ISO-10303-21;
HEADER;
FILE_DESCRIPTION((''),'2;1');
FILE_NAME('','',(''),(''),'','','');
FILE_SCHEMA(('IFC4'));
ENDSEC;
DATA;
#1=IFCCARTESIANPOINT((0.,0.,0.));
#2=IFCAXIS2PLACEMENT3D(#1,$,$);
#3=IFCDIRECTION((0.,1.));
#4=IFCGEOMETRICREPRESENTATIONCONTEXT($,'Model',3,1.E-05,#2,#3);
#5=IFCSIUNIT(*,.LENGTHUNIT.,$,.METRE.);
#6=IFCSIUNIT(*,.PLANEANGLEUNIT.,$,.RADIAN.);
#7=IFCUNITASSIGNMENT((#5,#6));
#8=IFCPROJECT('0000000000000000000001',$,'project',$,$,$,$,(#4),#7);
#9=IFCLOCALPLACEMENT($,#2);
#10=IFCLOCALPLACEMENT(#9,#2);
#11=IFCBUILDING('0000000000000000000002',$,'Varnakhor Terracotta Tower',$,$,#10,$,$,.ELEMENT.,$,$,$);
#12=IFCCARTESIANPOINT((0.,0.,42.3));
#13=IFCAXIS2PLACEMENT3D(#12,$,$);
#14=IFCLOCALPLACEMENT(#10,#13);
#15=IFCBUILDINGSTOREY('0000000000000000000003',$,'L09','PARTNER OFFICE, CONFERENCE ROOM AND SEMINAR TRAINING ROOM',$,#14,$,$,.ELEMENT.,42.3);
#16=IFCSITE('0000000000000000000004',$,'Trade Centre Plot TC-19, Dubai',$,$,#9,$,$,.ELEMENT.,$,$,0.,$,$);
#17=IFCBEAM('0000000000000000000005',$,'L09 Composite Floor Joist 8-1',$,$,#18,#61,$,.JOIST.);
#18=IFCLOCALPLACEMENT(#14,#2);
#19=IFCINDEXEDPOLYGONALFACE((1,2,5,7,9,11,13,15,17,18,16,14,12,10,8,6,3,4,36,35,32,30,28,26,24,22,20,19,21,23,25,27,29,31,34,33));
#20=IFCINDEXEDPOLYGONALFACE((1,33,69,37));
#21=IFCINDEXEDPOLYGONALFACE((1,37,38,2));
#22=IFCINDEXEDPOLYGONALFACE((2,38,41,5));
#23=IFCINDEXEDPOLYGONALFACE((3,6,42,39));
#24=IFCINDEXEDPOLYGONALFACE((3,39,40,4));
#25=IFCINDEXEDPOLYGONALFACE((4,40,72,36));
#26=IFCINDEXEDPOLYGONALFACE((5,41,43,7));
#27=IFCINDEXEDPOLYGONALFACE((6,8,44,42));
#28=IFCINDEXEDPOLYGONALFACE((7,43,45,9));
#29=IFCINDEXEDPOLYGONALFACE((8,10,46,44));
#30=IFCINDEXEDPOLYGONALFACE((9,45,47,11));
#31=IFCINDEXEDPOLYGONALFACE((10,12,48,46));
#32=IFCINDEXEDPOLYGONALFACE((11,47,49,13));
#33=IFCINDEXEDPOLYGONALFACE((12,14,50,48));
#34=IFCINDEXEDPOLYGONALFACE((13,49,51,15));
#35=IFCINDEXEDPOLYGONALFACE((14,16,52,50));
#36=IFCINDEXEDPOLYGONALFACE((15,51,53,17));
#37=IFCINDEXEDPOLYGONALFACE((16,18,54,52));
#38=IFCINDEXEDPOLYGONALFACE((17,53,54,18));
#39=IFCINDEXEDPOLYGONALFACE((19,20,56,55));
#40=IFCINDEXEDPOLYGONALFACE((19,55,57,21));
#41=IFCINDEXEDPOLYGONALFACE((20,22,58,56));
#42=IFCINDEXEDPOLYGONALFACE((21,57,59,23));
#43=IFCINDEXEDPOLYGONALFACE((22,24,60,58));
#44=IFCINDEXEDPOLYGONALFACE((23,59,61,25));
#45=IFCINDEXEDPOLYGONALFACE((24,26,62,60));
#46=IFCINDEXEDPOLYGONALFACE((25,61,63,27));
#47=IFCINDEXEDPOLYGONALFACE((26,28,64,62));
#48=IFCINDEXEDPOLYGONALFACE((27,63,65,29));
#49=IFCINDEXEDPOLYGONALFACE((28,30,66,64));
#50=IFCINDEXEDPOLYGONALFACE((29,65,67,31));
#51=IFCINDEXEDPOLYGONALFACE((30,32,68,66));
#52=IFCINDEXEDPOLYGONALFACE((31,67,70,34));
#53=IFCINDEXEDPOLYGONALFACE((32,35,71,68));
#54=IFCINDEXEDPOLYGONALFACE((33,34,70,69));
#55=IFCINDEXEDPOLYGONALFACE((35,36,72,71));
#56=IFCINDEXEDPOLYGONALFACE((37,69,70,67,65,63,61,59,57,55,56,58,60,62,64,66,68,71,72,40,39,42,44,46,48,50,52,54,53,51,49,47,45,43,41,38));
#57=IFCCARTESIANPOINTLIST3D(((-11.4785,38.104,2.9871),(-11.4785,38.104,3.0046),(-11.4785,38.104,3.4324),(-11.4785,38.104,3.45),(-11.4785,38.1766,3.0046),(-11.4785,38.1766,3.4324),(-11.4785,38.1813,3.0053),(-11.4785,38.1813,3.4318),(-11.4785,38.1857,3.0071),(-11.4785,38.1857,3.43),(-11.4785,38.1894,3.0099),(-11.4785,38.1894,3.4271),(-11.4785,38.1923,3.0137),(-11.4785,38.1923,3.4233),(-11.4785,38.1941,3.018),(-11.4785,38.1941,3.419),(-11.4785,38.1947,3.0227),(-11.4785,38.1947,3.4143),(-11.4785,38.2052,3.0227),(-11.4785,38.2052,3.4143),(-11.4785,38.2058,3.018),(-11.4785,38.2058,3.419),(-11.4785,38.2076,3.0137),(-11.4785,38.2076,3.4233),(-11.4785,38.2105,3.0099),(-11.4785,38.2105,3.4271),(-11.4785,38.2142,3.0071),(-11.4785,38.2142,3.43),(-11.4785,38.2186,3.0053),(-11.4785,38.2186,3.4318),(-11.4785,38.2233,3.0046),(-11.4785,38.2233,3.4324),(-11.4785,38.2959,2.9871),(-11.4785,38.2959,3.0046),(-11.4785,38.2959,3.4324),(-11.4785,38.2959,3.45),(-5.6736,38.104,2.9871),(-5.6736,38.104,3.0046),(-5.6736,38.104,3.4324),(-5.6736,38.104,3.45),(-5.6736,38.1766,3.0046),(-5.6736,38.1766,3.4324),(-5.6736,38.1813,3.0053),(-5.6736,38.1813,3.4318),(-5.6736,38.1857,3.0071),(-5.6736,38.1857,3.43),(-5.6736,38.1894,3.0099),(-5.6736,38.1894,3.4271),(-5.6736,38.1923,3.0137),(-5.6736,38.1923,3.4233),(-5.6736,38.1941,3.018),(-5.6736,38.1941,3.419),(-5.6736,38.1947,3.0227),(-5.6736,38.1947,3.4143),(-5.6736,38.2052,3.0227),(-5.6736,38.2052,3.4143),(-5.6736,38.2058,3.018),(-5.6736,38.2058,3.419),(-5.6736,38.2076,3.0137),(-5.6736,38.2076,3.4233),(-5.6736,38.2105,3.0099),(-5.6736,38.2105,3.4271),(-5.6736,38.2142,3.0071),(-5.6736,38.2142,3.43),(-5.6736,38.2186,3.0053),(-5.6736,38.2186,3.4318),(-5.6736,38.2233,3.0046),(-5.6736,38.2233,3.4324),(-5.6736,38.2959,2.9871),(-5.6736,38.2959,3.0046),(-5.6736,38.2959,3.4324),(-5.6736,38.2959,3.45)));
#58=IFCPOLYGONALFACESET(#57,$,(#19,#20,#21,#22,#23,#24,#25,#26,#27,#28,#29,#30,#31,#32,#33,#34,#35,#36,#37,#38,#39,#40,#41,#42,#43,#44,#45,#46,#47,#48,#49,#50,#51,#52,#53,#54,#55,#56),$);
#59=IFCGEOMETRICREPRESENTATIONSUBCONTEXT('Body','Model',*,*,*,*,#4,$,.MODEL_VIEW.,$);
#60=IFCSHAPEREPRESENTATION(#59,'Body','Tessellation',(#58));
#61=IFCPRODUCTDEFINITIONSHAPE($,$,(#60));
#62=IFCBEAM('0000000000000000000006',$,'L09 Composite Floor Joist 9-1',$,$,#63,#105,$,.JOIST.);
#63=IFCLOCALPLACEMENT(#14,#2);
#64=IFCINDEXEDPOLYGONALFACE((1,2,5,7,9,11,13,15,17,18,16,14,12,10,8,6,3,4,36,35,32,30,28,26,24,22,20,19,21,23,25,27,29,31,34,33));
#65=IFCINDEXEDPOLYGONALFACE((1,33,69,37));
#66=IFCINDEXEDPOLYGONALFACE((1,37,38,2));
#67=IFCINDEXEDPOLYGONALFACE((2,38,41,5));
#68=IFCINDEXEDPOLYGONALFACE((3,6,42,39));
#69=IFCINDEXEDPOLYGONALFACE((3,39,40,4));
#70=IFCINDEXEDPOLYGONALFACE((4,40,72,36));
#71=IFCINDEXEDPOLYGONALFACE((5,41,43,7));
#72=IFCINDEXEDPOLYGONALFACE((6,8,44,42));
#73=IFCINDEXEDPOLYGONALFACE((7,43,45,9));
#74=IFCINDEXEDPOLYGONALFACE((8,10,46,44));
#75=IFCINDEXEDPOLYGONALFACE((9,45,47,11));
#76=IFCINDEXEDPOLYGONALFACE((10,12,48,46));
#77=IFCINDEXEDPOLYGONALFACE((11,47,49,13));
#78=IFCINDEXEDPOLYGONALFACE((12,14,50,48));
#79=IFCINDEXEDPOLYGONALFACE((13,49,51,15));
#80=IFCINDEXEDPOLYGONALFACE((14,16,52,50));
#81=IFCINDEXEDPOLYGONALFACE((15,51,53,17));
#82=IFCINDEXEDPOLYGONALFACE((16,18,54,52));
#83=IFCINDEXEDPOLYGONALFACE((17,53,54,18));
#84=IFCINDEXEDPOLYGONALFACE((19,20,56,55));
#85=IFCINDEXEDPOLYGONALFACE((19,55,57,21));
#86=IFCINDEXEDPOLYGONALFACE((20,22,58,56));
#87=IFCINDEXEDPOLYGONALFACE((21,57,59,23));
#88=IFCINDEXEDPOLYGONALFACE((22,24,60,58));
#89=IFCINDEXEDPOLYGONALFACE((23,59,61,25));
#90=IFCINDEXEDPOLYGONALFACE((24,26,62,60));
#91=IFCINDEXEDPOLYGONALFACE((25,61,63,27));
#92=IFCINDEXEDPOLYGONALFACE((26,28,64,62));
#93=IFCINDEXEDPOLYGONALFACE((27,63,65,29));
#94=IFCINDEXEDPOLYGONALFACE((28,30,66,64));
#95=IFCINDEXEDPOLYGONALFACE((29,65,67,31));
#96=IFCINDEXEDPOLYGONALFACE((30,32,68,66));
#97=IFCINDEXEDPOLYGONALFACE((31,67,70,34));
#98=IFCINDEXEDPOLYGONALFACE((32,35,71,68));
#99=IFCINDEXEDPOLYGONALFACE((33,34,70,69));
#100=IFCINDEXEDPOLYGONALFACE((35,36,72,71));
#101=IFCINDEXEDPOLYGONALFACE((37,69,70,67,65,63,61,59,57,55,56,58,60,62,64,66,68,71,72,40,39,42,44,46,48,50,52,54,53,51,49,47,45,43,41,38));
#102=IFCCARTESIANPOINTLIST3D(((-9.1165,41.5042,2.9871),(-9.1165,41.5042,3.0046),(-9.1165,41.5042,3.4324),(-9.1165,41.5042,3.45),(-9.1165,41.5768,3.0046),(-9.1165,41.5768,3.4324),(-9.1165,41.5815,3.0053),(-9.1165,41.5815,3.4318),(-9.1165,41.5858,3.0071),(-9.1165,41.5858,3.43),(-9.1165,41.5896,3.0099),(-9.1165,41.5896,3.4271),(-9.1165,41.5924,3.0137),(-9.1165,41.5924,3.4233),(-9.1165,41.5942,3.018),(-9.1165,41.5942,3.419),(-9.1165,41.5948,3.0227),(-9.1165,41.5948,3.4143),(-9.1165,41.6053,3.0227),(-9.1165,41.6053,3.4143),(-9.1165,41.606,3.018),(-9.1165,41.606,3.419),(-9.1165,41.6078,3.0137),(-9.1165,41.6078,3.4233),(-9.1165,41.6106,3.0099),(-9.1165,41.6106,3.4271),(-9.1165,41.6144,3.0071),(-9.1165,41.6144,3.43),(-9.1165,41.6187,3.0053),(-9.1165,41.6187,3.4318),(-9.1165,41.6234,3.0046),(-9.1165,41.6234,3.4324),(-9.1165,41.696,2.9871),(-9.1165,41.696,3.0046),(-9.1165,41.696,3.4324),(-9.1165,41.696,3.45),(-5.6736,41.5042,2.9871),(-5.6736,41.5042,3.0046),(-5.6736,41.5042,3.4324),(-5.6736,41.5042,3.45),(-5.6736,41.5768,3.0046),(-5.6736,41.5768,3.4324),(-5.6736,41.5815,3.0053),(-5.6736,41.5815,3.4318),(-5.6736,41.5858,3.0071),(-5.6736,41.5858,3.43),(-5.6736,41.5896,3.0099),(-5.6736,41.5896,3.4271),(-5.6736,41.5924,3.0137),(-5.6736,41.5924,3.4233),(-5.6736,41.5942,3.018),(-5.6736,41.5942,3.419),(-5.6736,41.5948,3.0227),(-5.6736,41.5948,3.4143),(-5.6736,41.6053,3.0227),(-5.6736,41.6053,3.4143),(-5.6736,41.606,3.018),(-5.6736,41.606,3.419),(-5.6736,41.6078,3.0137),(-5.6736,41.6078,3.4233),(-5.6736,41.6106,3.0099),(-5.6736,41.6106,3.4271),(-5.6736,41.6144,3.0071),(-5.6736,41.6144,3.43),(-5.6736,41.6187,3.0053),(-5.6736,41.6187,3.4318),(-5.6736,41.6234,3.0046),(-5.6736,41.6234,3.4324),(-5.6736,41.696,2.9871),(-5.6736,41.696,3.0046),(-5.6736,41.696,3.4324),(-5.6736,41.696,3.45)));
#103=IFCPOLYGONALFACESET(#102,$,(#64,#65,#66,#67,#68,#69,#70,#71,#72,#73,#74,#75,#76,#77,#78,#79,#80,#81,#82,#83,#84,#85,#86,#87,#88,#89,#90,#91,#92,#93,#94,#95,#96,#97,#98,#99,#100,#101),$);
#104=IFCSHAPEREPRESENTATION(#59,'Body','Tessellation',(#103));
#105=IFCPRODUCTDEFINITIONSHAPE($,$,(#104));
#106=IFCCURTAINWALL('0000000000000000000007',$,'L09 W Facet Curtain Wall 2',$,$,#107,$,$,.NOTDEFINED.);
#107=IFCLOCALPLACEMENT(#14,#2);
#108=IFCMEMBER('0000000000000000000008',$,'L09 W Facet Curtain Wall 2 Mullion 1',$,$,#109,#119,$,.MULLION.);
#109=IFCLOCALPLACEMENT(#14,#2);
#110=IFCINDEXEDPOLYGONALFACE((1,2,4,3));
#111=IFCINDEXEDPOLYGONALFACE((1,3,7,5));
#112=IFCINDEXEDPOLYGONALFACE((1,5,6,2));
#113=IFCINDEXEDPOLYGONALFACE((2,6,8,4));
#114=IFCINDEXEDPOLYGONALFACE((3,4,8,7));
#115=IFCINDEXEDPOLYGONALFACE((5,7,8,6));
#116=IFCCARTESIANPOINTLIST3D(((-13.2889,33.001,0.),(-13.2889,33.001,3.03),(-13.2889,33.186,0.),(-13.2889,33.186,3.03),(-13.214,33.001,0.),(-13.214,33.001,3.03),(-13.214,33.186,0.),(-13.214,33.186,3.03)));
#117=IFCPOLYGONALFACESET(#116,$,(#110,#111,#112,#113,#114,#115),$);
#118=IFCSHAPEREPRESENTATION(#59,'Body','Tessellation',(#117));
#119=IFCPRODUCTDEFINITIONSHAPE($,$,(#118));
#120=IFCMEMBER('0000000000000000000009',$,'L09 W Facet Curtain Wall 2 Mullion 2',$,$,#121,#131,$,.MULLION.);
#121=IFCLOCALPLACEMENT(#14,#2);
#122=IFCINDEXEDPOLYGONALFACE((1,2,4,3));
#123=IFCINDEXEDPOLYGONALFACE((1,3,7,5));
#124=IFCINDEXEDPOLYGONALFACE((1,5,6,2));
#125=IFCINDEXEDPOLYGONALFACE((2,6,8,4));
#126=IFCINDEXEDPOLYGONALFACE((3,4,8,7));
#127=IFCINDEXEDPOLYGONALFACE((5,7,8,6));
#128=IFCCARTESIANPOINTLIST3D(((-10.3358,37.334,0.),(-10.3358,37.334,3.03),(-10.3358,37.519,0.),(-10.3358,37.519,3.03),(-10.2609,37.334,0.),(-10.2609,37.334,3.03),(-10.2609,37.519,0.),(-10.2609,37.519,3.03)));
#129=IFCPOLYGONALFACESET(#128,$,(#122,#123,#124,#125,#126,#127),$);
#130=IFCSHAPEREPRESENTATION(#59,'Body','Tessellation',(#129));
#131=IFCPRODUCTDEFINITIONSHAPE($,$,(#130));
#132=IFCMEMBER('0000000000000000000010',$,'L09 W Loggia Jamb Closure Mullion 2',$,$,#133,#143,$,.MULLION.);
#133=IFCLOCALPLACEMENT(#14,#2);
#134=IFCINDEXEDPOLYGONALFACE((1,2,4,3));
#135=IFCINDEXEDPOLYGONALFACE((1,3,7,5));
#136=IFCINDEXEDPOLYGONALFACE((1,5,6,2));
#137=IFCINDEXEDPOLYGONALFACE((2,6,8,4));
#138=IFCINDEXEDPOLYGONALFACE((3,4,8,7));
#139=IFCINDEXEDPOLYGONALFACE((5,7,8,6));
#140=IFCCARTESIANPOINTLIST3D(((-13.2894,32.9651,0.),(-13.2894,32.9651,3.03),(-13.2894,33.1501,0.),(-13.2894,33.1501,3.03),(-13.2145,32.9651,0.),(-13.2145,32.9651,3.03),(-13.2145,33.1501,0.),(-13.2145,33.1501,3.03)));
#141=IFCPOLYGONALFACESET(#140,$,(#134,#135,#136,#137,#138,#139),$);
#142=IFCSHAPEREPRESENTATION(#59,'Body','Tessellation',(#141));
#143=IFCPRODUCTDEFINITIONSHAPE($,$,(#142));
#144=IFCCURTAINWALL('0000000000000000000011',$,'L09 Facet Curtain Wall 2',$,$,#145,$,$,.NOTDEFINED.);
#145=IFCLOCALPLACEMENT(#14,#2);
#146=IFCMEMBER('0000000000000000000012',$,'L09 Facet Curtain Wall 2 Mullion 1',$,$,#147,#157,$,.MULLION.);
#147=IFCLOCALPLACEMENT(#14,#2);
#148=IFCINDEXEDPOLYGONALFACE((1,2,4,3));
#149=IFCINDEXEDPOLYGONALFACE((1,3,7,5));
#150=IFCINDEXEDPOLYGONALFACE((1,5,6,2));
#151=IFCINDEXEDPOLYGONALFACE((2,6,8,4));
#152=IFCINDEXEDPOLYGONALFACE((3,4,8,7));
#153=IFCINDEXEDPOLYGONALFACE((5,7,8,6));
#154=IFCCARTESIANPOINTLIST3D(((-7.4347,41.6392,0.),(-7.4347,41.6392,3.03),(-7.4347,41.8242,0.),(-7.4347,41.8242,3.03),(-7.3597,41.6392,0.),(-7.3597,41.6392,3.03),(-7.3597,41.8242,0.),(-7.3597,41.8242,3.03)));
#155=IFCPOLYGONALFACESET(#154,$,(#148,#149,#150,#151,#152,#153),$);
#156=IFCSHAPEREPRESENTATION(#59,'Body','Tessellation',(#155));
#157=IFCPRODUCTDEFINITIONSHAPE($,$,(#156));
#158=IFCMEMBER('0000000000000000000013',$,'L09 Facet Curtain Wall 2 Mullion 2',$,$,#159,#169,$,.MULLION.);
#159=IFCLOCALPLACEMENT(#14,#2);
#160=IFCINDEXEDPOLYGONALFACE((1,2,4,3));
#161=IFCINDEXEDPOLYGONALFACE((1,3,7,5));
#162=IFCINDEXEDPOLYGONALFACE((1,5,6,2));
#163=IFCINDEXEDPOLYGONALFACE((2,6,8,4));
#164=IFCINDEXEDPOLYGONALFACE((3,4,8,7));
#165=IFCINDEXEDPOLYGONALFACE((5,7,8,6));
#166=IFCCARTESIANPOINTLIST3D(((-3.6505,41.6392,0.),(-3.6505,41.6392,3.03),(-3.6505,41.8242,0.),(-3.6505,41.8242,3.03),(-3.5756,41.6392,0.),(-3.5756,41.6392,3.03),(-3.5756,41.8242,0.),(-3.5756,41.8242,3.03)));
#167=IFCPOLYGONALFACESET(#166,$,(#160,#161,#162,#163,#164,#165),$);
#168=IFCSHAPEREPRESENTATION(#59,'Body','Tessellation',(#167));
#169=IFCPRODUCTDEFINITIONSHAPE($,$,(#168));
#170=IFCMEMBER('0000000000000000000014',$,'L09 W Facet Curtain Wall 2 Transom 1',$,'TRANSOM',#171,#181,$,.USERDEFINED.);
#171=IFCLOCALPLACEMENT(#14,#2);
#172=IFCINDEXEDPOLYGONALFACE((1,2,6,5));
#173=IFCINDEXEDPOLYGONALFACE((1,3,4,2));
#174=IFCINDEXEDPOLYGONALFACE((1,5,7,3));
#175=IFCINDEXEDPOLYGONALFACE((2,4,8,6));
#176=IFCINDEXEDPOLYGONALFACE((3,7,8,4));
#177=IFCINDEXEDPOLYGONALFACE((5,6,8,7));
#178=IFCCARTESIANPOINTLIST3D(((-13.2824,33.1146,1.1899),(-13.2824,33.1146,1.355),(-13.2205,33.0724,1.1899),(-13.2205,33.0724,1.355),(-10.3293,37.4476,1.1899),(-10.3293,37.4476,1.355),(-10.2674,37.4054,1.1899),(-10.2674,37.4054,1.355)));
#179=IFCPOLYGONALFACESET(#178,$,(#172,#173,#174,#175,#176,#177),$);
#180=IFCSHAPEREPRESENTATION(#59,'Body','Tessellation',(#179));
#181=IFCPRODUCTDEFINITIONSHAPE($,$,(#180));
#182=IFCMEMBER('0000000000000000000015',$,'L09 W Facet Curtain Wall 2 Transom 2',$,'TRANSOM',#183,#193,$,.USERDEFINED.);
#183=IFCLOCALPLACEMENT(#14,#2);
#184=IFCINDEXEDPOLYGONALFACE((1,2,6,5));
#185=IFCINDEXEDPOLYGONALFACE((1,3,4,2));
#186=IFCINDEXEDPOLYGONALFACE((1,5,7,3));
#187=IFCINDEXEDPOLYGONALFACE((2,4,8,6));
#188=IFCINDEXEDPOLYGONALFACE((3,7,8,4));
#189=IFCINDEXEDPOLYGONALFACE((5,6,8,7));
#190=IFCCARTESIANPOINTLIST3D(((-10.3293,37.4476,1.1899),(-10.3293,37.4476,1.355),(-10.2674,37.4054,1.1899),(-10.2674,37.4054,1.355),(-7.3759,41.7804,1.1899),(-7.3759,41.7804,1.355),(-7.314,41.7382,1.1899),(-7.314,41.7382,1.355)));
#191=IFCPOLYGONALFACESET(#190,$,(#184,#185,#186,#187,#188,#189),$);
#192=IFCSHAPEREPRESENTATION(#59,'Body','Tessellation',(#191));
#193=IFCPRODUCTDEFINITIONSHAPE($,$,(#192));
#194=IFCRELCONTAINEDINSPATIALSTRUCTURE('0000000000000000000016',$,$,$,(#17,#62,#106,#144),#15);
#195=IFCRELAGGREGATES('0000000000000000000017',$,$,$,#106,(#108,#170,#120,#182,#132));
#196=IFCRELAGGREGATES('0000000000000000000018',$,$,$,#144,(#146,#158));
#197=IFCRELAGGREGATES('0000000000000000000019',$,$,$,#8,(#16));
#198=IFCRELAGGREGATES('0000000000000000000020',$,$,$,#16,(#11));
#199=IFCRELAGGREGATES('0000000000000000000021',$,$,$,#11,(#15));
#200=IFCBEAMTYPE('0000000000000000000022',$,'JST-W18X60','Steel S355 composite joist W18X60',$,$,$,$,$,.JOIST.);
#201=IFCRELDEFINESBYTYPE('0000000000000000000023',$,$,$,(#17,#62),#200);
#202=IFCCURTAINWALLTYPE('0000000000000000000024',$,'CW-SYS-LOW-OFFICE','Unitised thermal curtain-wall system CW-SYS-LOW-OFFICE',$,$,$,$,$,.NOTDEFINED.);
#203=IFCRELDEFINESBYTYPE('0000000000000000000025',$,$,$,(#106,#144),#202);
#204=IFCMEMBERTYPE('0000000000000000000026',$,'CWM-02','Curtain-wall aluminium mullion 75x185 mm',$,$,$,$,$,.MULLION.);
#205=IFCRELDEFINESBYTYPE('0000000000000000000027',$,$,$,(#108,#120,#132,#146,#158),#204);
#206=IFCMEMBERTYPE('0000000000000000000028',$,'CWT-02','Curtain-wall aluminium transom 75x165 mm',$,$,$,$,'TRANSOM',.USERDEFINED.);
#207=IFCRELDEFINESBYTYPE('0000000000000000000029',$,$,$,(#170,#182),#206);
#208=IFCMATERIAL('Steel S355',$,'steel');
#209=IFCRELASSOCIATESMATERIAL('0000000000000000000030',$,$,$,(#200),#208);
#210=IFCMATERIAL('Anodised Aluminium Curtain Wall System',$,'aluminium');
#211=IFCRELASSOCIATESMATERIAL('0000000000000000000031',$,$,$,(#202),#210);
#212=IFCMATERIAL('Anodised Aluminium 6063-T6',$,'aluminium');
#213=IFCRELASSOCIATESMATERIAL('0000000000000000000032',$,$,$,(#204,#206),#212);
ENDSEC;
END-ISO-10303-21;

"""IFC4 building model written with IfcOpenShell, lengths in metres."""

from ifc_helpers import new_model, si_unit, direction, frame, origin, origin_2d, place, context, subcontext, project, spatial, rectangle, i_section, extrude, source, transform, mapped, material, material_profile, profile_set, type_object, type_shapes, element, aggregate, save


model = new_model("IFC4")

# Units and contexts
model_context = context("Model", 3, precision=1e-05, world=origin(), true_north=direction((0.0, 1.0)))
body_context = subcontext(model_context, "Body", "Model", "MODEL_VIEW")
ifc_project = project(units=[si_unit("LENGTHUNIT", "METRE"), si_unit("PLANEANGLEUNIT", "RADIAN")], contexts=[model_context])

# Site, building, storey
site_placement = place(None, origin())
site = spatial("IfcSite", under=ifc_project, at=site_placement, Name="Trade Centre Plot TC-19, Dubai", CompositionType="ELEMENT", RefElevation=0.0)
building_placement = place(site_placement, origin())
building = spatial("IfcBuilding", under=site, at=building_placement, Name="Varnakhor Terracotta Tower", CompositionType="ELEMENT")
storey_placement = place(building_placement, frame((0.0, 0.0, 42.3)))
storey = spatial("IfcBuildingStorey", under=building, at=storey_placement, Name="L09", Description="PARTNER OFFICE, CONFERENCE ROOM AND SEMINAR TRAINING ROOM", CompositionType="ELEMENT", Elevation=42.3)

# Beams
ifc_material_1 = material(Name="Steel S355", Category="steel")
ifc_material_profile_1 = material_profile(ifc_material_1, i_section(OverallWidth=0.1919, OverallDepth=0.4629, WebThickness=0.0105, FlangeThickness=0.0176, FilletRadius=0.0181, at=origin_2d()), Name="W18X60")
ifc_profile_set_1 = profile_set([ifc_material_profile_1], Name="Steel S355")
beam_type_1 = type_object("IfcBeamType", Name="JST-W18X60", Description="Steel S355 composite joist W18X60", PredefinedType="JOIST", material=ifc_profile_set_1)
shared_shape_1 = source(origin(), body_context, "Body", "SweptSolid", [
    extrude(i_section(OverallWidth=0.1919, OverallDepth=0.4629, WebThickness=0.0105, FlangeThickness=0.0176, FilletRadius=0.0181, at=origin_2d()), origin(), (0.0, 0.0, 1.0), 5.8049),
])
beam_1_placement = place(storey_placement, frame((-11.4785, 38.2, 3.2185), z_axis=(1.0, 0.0, 0.0), x_axis=(0.0, 1.0, 0.0)))
element("IfcBeam", 1, at=beam_1_placement, inside=storey, type_object=beam_type_1, Name="L09 Composite Floor Joist 8-1", PredefinedType="JOIST", context=body_context, shape_type="MappedRepresentation", body=[
    mapped(shared_shape_1, transform((0.0, 0.0, 0.0), scale=1.0)),
])
shared_shape_2 = source(origin(), body_context, "Body", "SweptSolid", [
    extrude(i_section(OverallWidth=0.1919, OverallDepth=0.4629, WebThickness=0.0105, FlangeThickness=0.0176, FilletRadius=0.0181, at=origin_2d()), origin(), (0.0, 0.0, 1.0), 3.4429),
])
beam_2_placement = place(storey_placement, frame((-9.1165, 41.6001, 3.2185), z_axis=(1.0, 0.0, 0.0), x_axis=(0.0, 1.0, 0.0)))
element("IfcBeam", 2, at=beam_2_placement, inside=storey, type_object=beam_type_1, Name="L09 Composite Floor Joist 9-1", PredefinedType="JOIST", context=body_context, shape_type="MappedRepresentation", body=[
    mapped(shared_shape_2, transform((0.0, 0.0, 0.0), scale=1.0)),
])

# Curtain walls, members
ifc_material_2 = material(Name="Anodised Aluminium Curtain Wall System", Category="aluminium")
curtain_wall_type = type_object("IfcCurtainWallType", Name="CW-SYS-LOW-OFFICE", Description="Unitised thermal curtain-wall system CW-SYS-LOW-OFFICE", PredefinedType="NOTDEFINED", material=ifc_material_2)
curtain_wall_1_placement = place(storey_placement, origin())
curtain_wall_1 = element("IfcCurtainWall", 3, at=curtain_wall_1_placement, inside=storey, type_object=curtain_wall_type, Name="L09 W Facet Curtain Wall 2", PredefinedType="NOTDEFINED")
ifc_material_3 = material(Name="Anodised Aluminium 6063-T6", Category="aluminium")
ifc_material_profile_2 = material_profile(ifc_material_3, rectangle(XDim=0.075, YDim=0.1851, at=origin_2d()), Name="ALU MULLION 75x185")
ifc_profile_set_2 = profile_set([ifc_material_profile_2], Name="Anodised Aluminium 6063-T6")
member_type_1 = type_object("IfcMemberType", Name="CWM-02", Description="Curtain-wall aluminium mullion 75x185 mm", PredefinedType="MULLION", material=ifc_profile_set_2)
shared_shape_3 = source(origin(), body_context, "Body", "SweptSolid", [
    extrude(rectangle(XDim=0.075, YDim=0.1851, at=origin_2d()), origin(), (0.0, 0.0, 1.0), 3.03),
])
type_shapes(member_type_1, [shared_shape_3])
member_1_placement = place(storey_placement, frame((-13.2515, 33.0935, 0.0), z_axis=(0.0, 0.0, 1.0), x_axis=(1.0, 0.0, 0.0)))
member_1 = element("IfcMember", 4, at=member_1_placement, type_object=member_type_1, Name="L09 W Facet Curtain Wall 2 Mullion 1", PredefinedType="MULLION", context=body_context, shape_type="MappedRepresentation", body=[
    mapped(shared_shape_3, transform((0.0, 0.0, 0.0), scale=1.0)),
])
member_2_placement = place(storey_placement, frame((-10.2983, 37.4265, 0.0), z_axis=(0.0, 0.0, 1.0), x_axis=(1.0, 0.0, 0.0)))
member_2 = element("IfcMember", 5, at=member_2_placement, type_object=member_type_1, Name="L09 W Facet Curtain Wall 2 Mullion 2", PredefinedType="MULLION", context=body_context, shape_type="MappedRepresentation", body=[
    mapped(shared_shape_3, transform((0.0, 0.0, 0.0), scale=1.0)),
])
member_3_placement = place(storey_placement, frame((-13.252, 33.0576, 0.0), z_axis=(0.0, 0.0, 1.0), x_axis=(1.0, 0.0, 0.0)))
member_3 = element("IfcMember", 6, at=member_3_placement, type_object=member_type_1, Name="L09 W Loggia Jamb Closure Mullion 2", PredefinedType="MULLION", context=body_context, shape_type="MappedRepresentation", body=[
    mapped(shared_shape_3, transform((0.0, 0.0, 0.0), scale=1.0)),
])
curtain_wall_2_placement = place(storey_placement, origin())
curtain_wall_2 = element("IfcCurtainWall", 7, at=curtain_wall_2_placement, inside=storey, type_object=curtain_wall_type, Name="L09 Facet Curtain Wall 2", PredefinedType="NOTDEFINED")
member_4_placement = place(storey_placement, frame((-7.3972, 41.7317, 0.0), z_axis=(0.0, 0.0, 1.0), x_axis=(1.0, 0.0, 0.0)))
member_4 = element("IfcMember", 8, at=member_4_placement, type_object=member_type_1, Name="L09 Facet Curtain Wall 2 Mullion 1", PredefinedType="MULLION", context=body_context, shape_type="MappedRepresentation", body=[
    mapped(shared_shape_3, transform((0.0, 0.0, 0.0), scale=1.0)),
])
member_5_placement = place(storey_placement, frame((-3.613, 41.7317, 0.0), z_axis=(0.0, 0.0, 1.0), x_axis=(1.0, 0.0, 0.0)))
member_5 = element("IfcMember", 9, at=member_5_placement, type_object=member_type_1, Name="L09 Facet Curtain Wall 2 Mullion 2", PredefinedType="MULLION", context=body_context, shape_type="MappedRepresentation", body=[
    mapped(shared_shape_3, transform((0.0, 0.0, 0.0), scale=1.0)),
])

# Members
ifc_material_profile_3 = material_profile(ifc_material_3, rectangle(XDim=0.075, YDim=0.165, at=origin_2d()), Name="ALU TRANSOM 75x165")
ifc_profile_set_3 = profile_set([ifc_material_profile_3], Name="Anodised Aluminium 6063-T6")
member_type_2 = type_object("IfcMemberType", Name="CWT-02", Description="Curtain-wall aluminium transom 75x165 mm", ElementType="TRANSOM", PredefinedType="USERDEFINED", material=ifc_profile_set_3)
shared_shape_4 = source(origin(), body_context, "Body", "SweptSolid", [
    extrude(rectangle(XDim=0.075, YDim=0.165, at=origin_2d()), origin(), (0.0, 0.0, 1.0), 5.2437),
])
member_6_placement = place(storey_placement, frame((-13.2515, 33.0935, 1.2725), z_axis=(0.563181, 0.826334, 0.0), x_axis=(-0.826334, 0.563181, 0.0)))
member_6 = element("IfcMember", 10, at=member_6_placement, type_object=member_type_2, Name="L09 W Facet Curtain Wall 2 Transom 1", ObjectType="TRANSOM", PredefinedType="USERDEFINED", context=body_context, shape_type="MappedRepresentation", body=[
    mapped(shared_shape_4, transform((0.0, 0.0, 0.0), scale=1.0)),
])
member_7_placement = place(storey_placement, frame((-10.2983, 37.4265, 1.2725), z_axis=(0.563234, 0.826297, 0.0), x_axis=(-0.826297, 0.563234, 0.0)))
member_7 = element("IfcMember", 11, at=member_7_placement, type_object=member_type_2, Name="L09 W Facet Curtain Wall 2 Transom 2", ObjectType="TRANSOM", PredefinedType="USERDEFINED", context=body_context, shape_type="MappedRepresentation", body=[
    mapped(shared_shape_4, transform((0.0, 0.0, 0.0), scale=1.0)),
])

aggregate(curtain_wall_1, [member_1, member_6, member_2, member_7, member_3])
aggregate(curtain_wall_2, [member_4, member_5])

save(model, "model.ifc")
